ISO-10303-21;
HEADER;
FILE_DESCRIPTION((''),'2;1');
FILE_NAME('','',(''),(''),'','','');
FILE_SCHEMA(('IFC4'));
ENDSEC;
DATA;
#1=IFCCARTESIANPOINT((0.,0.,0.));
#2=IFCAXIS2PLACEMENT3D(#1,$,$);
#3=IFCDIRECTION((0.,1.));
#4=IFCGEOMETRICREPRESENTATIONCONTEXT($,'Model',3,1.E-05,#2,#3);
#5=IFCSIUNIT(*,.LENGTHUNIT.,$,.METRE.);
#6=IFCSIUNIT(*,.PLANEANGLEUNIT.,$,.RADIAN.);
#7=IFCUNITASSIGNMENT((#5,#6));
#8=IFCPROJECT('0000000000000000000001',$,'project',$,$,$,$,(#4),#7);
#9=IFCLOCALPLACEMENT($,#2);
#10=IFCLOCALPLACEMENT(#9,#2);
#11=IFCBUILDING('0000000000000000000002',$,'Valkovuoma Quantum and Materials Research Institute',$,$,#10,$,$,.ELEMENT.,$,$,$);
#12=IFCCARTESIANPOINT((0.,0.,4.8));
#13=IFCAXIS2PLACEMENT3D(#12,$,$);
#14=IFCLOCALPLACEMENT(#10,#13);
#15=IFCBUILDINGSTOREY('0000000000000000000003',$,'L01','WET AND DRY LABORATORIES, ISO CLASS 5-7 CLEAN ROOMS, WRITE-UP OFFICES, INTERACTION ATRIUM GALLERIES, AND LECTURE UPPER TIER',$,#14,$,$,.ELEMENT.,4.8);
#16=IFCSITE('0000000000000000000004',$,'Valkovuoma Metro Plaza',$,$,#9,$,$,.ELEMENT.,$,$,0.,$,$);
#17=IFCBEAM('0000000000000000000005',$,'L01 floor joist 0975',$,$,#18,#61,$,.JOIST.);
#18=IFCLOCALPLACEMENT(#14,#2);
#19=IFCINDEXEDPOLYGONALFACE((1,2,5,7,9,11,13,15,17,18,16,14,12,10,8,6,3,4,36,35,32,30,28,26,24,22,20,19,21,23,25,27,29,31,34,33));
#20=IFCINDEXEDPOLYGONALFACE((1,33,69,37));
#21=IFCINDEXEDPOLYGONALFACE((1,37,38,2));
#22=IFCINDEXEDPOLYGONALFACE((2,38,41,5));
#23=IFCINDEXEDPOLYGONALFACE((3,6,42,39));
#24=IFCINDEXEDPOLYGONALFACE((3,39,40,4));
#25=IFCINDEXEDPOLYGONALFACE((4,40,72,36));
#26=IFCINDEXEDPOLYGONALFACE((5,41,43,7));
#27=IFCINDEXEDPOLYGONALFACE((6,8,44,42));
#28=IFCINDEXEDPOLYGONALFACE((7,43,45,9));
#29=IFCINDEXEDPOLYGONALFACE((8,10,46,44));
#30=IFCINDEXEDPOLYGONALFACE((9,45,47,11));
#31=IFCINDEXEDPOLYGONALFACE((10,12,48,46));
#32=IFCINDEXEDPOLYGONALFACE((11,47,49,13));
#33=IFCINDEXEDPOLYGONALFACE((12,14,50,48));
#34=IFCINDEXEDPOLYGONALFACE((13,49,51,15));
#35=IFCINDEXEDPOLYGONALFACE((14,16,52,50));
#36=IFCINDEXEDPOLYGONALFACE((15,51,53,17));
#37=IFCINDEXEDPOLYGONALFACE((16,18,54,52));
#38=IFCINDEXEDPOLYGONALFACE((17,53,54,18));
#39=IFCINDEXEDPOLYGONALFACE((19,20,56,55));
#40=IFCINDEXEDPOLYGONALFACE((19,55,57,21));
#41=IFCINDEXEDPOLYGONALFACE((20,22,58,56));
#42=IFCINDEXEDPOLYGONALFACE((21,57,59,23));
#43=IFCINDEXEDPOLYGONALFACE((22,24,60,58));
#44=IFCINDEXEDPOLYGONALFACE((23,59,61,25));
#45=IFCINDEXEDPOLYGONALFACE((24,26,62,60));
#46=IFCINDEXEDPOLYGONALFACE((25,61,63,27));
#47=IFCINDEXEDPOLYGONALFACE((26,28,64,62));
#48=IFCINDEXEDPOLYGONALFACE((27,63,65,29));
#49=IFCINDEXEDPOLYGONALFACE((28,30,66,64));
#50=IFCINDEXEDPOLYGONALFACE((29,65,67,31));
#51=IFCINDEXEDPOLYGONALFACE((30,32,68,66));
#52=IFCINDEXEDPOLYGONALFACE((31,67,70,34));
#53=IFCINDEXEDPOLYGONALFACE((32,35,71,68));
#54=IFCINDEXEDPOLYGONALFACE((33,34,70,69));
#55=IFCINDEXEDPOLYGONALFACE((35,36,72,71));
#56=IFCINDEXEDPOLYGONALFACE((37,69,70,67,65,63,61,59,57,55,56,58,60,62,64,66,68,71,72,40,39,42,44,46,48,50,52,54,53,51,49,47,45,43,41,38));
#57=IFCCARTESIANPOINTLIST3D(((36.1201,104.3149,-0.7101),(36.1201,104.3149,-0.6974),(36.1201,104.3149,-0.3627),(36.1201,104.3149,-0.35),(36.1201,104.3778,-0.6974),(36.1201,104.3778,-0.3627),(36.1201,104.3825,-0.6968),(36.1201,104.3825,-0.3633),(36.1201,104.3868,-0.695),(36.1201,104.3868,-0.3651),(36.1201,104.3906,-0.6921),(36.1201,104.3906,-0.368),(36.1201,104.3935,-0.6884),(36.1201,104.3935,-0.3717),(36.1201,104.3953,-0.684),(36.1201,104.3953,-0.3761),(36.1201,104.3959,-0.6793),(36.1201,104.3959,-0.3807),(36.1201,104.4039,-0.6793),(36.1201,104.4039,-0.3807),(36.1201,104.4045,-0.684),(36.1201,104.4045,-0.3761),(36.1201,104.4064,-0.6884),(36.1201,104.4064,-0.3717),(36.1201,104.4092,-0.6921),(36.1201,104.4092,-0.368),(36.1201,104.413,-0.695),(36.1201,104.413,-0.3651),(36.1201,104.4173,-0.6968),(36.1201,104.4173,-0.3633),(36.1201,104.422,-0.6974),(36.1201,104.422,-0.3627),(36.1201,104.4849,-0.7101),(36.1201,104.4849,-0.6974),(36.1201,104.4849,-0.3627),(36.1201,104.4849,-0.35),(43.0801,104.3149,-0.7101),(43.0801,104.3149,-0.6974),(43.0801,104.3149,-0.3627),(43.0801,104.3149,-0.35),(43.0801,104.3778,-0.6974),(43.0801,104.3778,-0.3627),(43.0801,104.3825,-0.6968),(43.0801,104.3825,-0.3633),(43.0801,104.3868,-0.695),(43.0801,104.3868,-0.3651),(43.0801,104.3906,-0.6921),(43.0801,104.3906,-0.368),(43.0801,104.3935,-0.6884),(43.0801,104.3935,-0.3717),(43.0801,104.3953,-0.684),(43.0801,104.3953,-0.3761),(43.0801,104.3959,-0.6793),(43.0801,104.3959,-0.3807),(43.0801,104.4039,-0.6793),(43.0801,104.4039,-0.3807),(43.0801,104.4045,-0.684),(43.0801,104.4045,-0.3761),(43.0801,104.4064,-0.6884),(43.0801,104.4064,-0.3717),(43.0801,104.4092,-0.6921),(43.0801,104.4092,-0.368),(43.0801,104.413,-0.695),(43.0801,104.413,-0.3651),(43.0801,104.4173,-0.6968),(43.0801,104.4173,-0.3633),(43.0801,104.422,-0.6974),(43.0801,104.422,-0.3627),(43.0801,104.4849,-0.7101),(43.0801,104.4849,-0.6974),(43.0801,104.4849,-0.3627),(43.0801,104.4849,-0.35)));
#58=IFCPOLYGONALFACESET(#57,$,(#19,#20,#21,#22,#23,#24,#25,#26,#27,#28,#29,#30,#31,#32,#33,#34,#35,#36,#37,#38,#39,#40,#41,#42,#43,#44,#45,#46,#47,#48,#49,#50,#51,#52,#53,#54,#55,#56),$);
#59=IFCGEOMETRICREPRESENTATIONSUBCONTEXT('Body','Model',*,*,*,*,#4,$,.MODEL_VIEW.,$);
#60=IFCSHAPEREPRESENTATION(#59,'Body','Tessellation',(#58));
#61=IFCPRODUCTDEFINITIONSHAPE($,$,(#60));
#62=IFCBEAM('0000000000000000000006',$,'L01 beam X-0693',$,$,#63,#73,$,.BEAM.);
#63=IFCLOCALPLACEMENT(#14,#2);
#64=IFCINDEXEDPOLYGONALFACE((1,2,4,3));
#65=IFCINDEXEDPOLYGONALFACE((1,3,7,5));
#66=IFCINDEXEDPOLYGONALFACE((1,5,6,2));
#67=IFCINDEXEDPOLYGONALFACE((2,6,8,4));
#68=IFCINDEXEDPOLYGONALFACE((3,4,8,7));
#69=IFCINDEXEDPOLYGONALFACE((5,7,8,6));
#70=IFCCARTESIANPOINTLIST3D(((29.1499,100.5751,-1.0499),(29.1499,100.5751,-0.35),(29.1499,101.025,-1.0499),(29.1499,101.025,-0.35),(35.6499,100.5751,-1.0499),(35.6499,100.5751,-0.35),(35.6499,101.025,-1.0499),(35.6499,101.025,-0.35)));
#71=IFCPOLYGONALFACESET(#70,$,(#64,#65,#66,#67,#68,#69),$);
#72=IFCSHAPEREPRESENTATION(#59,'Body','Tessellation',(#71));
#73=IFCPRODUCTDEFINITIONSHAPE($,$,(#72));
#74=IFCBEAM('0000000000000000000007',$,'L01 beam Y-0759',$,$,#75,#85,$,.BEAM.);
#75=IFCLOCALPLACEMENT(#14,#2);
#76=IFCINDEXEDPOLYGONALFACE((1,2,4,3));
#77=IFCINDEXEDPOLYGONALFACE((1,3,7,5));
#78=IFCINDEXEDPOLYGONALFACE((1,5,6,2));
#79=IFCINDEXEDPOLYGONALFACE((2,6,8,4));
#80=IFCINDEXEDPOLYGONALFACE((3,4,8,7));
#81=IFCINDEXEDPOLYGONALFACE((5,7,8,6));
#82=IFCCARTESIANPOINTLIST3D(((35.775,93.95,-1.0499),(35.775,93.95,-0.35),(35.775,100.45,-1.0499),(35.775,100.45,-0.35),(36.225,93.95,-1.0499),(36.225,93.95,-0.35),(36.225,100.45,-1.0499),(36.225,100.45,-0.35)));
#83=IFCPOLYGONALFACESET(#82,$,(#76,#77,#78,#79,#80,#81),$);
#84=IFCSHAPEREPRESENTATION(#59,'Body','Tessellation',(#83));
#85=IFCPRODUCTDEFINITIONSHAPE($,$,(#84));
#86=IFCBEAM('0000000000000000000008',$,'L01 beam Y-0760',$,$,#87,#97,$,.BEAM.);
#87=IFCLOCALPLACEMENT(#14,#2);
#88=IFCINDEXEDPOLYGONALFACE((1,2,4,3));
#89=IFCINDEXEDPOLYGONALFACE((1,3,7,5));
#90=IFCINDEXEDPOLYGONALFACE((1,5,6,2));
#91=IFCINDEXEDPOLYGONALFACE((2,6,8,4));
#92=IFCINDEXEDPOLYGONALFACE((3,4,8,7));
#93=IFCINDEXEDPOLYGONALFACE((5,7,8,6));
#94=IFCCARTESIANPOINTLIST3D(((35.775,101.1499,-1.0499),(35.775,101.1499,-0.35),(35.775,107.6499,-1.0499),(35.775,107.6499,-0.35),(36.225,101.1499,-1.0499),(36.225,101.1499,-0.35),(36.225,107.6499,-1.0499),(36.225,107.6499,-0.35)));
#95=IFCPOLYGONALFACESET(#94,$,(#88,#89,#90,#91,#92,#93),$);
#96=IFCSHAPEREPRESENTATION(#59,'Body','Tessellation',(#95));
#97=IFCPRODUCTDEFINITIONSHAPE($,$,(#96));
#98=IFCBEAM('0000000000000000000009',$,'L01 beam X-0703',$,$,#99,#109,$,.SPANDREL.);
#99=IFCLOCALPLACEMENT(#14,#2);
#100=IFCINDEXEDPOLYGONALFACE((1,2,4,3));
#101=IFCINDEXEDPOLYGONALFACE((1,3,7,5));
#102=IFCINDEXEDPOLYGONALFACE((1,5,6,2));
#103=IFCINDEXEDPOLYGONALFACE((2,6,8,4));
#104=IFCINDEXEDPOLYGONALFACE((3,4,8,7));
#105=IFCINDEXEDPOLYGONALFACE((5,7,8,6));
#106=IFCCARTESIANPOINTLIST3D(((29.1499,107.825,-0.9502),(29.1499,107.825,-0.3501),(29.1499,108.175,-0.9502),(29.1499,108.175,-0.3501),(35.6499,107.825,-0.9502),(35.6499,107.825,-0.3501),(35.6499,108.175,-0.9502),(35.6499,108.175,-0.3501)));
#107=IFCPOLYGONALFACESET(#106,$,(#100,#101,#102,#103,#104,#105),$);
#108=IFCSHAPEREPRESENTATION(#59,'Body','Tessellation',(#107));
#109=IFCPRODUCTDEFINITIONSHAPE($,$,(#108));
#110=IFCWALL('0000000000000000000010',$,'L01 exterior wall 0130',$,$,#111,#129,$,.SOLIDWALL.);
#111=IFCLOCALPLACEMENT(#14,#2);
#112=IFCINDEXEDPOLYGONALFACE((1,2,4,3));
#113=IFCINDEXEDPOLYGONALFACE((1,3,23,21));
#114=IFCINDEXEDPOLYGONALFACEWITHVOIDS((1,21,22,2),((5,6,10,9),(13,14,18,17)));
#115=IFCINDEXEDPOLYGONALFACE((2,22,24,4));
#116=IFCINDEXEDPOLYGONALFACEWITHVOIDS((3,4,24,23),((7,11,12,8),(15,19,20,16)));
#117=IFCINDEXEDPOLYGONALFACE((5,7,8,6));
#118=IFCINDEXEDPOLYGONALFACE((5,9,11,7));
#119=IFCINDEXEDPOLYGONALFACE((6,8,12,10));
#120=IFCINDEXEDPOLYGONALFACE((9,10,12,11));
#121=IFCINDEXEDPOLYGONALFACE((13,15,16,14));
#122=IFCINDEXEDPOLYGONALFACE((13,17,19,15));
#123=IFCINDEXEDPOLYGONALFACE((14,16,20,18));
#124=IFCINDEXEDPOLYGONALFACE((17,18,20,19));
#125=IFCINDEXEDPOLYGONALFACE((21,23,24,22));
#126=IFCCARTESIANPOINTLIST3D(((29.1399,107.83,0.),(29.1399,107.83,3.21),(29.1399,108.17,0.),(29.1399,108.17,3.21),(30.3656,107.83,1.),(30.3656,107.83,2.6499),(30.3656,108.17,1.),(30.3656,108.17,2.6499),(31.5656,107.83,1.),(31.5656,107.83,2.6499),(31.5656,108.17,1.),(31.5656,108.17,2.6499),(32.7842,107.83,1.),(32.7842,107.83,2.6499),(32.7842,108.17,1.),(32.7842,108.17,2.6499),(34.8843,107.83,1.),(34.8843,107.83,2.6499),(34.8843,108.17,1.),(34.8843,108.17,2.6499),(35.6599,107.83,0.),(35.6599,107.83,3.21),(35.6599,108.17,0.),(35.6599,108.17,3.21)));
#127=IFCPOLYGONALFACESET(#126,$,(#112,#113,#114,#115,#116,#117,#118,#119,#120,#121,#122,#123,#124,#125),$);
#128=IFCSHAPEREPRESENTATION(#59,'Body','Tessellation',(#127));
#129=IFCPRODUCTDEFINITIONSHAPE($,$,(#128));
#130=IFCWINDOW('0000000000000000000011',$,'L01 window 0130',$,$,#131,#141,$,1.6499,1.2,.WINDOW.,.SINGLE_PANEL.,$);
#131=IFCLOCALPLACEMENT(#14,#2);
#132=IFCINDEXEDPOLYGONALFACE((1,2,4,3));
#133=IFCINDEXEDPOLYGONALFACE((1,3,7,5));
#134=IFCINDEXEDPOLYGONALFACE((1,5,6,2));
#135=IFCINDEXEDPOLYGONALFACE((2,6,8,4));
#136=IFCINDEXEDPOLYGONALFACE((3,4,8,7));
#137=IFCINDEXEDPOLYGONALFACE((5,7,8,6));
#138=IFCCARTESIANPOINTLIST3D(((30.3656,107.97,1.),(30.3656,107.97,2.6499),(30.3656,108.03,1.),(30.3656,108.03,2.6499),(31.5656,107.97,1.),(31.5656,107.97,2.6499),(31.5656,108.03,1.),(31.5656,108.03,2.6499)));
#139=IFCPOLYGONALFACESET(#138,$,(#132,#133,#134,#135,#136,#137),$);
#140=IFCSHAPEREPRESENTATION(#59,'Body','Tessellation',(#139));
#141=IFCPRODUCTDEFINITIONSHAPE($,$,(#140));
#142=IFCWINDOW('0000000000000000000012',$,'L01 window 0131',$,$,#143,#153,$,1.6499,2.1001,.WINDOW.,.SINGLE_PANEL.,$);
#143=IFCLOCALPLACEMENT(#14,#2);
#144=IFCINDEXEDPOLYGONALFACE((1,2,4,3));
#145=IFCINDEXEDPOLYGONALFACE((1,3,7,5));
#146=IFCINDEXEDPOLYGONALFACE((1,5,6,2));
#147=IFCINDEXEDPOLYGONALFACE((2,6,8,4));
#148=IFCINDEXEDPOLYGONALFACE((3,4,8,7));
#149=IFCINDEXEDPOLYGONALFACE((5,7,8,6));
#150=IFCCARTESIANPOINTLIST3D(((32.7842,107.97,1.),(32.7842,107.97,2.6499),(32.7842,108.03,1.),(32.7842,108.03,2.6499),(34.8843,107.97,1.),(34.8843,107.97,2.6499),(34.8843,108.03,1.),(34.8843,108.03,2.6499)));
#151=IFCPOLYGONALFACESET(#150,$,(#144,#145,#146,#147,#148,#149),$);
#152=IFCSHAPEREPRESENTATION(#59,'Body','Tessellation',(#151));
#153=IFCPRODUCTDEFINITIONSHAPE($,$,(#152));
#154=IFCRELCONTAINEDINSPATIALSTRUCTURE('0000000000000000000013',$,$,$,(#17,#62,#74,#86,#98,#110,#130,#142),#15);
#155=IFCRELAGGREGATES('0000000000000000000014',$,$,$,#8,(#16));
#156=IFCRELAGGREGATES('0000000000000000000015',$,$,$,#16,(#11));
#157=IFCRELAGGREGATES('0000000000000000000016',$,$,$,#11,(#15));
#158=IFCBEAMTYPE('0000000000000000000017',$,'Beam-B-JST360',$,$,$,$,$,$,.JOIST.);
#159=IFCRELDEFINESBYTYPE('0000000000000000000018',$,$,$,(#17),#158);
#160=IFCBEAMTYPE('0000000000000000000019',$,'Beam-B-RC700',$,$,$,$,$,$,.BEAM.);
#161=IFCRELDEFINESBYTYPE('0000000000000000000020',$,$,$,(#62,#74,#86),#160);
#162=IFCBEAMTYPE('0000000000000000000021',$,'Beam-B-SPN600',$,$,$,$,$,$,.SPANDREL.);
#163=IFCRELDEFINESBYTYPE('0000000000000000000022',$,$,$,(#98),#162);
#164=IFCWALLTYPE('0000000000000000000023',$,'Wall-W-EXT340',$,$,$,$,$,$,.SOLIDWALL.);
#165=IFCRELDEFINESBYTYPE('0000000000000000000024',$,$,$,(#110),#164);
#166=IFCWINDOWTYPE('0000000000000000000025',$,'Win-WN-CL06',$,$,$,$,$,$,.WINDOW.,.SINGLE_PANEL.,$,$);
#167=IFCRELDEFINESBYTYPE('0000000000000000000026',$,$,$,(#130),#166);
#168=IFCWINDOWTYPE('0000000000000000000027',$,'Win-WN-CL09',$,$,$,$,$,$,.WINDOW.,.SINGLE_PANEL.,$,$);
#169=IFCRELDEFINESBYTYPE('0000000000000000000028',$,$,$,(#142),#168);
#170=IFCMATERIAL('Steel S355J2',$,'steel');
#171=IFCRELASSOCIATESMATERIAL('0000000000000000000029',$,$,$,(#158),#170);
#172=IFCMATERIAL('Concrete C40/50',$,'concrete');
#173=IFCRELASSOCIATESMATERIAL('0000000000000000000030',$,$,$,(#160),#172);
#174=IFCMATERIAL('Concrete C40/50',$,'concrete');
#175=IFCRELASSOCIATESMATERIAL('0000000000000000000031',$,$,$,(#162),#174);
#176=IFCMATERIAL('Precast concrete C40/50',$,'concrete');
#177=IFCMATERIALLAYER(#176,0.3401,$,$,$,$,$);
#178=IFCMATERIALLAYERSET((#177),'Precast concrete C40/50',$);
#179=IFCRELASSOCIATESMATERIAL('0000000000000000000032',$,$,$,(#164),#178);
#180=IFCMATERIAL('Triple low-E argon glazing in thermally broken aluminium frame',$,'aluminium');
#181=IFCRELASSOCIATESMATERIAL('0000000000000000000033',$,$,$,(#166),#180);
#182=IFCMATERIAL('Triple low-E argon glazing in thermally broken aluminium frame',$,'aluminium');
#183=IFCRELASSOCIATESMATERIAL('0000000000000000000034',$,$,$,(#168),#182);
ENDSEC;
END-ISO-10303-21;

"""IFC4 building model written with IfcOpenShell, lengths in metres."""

from ifc_helpers import new_model, si_unit, direction, frame, frame_2d, origin, origin_2d, place, context, subcontext, project, spatial, rectangle, i_section, extrude, material, layer, layer_set, material_profile, profile_set, type_object, element, fill, save


model = new_model("IFC4")

# Units and contexts
model_context = context("Model", 3, precision=1e-05, world=origin(), true_north=direction((0.0, 1.0)))
body_context = subcontext(model_context, "Body", "Model", "MODEL_VIEW")
ifc_project = project(units=[si_unit("LENGTHUNIT", "METRE"), si_unit("PLANEANGLEUNIT", "RADIAN")], contexts=[model_context])

# Site, building, storey
site_placement = place(None, origin())
site = spatial("IfcSite", under=ifc_project, at=site_placement, Name="Valkovuoma Metro Plaza", CompositionType="ELEMENT", RefElevation=0.0)
building_placement = place(site_placement, origin())
building = spatial("IfcBuilding", under=site, at=building_placement, Name="Valkovuoma Quantum and Materials Research Institute", CompositionType="ELEMENT")
storey_placement = place(building_placement, frame((0.0, 0.0, 4.8)))
storey = spatial("IfcBuildingStorey", under=building, at=storey_placement, Name="L01", Description="WET AND DRY LABORATORIES, ISO CLASS 5-7 CLEAN ROOMS, WRITE-UP OFFICES, INTERACTION ATRIUM GALLERIES, AND LECTURE UPPER TIER", CompositionType="ELEMENT", Elevation=4.8)

# Beams
ifc_material_1 = material(Name="Steel S355J2", Category="steel")
ifc_material_profile_1 = material_profile(ifc_material_1, i_section(OverallWidth=0.1699, OverallDepth=0.3601, WebThickness=0.0081, FlangeThickness=0.0127, FilletRadius=0.0181, at=origin_2d()), Name="Steel S355J2")
ifc_profile_set_1 = profile_set([ifc_material_profile_1], Name="Steel S355J2")
beam_type_1 = type_object("IfcBeamType", Name="Beam-B-JST360", PredefinedType="JOIST", material=ifc_profile_set_1)
for number, where, z_axis, x_axis, name in (
    (1, (36.1201, 104.3999, -0.53), (1.0, 0.0, 0.0), (0.0, 1.0, 0.0), "L01 floor joist 0975"),
):
    element("IfcBeam", number, at=place(storey_placement, frame(where, z_axis=z_axis, x_axis=x_axis)), inside=storey, type_object=beam_type_1, Name=name, PredefinedType="JOIST", context=body_context, shape_type="SweptSolid", body=[
        extrude(i_section(OverallWidth=0.1699, OverallDepth=0.3601, WebThickness=0.0081, FlangeThickness=0.0127, FilletRadius=0.0181, at=origin_2d()), origin(), (0.0, 0.0, 1.0), 6.96),
    ])
ifc_material_2 = material(Name="Concrete C40/50", Category="concrete")
ifc_material_profile_2 = material_profile(ifc_material_2, rectangle(XDim=0.45, YDim=0.7, at=origin_2d()), Name="Concrete C40/50")
ifc_profile_set_2 = profile_set([ifc_material_profile_2], Name="Concrete C40/50")
beam_type_2 = type_object("IfcBeamType", Name="Beam-B-RC700", PredefinedType="BEAM", material=ifc_profile_set_2)
for number, where, z_axis, x_axis, name in (
    (2, (29.1499, 100.8, -0.7), (1.0, 0.0, 0.0), (0.0, 1.0, 0.0), "L01 beam X-0693"),
    (3, (36.0, 93.95, -0.7), (0.0, 1.0, 0.0), (-1.0, 0.0, 0.0), "L01 beam Y-0759"),
    (4, (36.0, 101.1499, -0.7), (0.0, 1.0, 0.0), (-1.0, 0.0, 0.0), "L01 beam Y-0760"),
):
    element("IfcBeam", number, at=place(storey_placement, frame(where, z_axis=z_axis, x_axis=x_axis)), inside=storey, type_object=beam_type_2, Name=name, PredefinedType="BEAM", context=body_context, shape_type="SweptSolid", body=[
        extrude(rectangle(XDim=0.45, YDim=0.7, at=origin_2d()), origin(), (0.0, 0.0, 1.0), 6.5),
    ])
ifc_material_3 = material(Name="Concrete C40/50", Category="concrete")
ifc_material_profile_3 = material_profile(ifc_material_3, rectangle(XDim=0.3501, YDim=0.6001, at=origin_2d()), Name="Concrete C40/50")
ifc_profile_set_3 = profile_set([ifc_material_profile_3], Name="Concrete C40/50")
beam_type_3 = type_object("IfcBeamType", Name="Beam-B-SPN600", PredefinedType="SPANDREL", material=ifc_profile_set_3)
beam_placement = place(storey_placement, frame((29.1499, 108.0, -0.6501), z_axis=(1.0, 0.0, 0.0), x_axis=(0.0, 1.0, 0.0)))
element("IfcBeam", 5, at=beam_placement, inside=storey, type_object=beam_type_3, Name="L01 beam X-0703", PredefinedType="SPANDREL", context=body_context, shape_type="SweptSolid", body=[
    extrude(rectangle(XDim=0.3501, YDim=0.6001, at=origin_2d()), origin(), (0.0, 0.0, 1.0), 6.5),
])

# Wall, openings, windows
ifc_material_4 = material(Name="Precast concrete C40/50", Category="concrete")
ifc_layer_1 = layer(ifc_material_4, 0.3401)
ifc_layer_set_1 = layer_set([ifc_layer_1], Name="Precast concrete C40/50")
wall_type = type_object("IfcWallType", Name="Wall-W-EXT340", PredefinedType="SOLIDWALL", material=ifc_layer_set_1)
wall_1_placement = place(storey_placement, frame((29.1399, 108.0, 0.0), z_axis=(0.0, 0.0, 1.0), x_axis=(1.0, 0.0, 0.0)))
wall_1 = element("IfcWall", 6, at=wall_1_placement, inside=storey, type_object=wall_type, Name="L01 exterior wall 0130", PredefinedType="SOLIDWALL", context=body_context, shape_type="SweptSolid", body=[
    extrude(rectangle(XDim=6.52, YDim=0.3401, at=frame_2d((3.26, 0.0))), origin(), (0.0, 0.0, 1.0), 3.21),
])
opening_1_placement = place(wall_1_placement, frame((1.2256, 0.0, 1.0)))
opening_1 = element("IfcOpeningElement", 7, at=opening_1_placement, cuts=wall_1, PredefinedType="OPENING", context=body_context, shape_type="SweptSolid", body=[
    extrude(rectangle(XDim=1.2, YDim=1.6499, at=frame_2d((0.6001, 0.825))), frame((0.0, 0.1802, 0.0), z_axis=(0.0, -1.0, 0.0), x_axis=(1.0, 0.0, 0.0)), (0.0, 0.0, 1.0), 0.3601),
])
opening_2_placement = place(wall_1_placement, frame((3.6443, 0.0, 1.0)))
opening_2 = element("IfcOpeningElement", 8, at=opening_2_placement, cuts=wall_1, PredefinedType="OPENING", context=body_context, shape_type="SweptSolid", body=[
    extrude(rectangle(XDim=2.1001, YDim=1.6499, at=frame_2d((1.05, 0.825))), frame((0.0, 0.1802, 0.0), z_axis=(0.0, -1.0, 0.0), x_axis=(1.0, 0.0, 0.0)), (0.0, 0.0, 1.0), 0.3601),
])
ifc_material_5 = material(Name="Triple low-E argon glazing in thermally broken aluminium frame", Category="aluminium")
window_type_1 = type_object("IfcWindowType", Name="Win-WN-CL06", PartitioningType="SINGLE_PANEL", PredefinedType="WINDOW", material=ifc_material_5)
window_1_placement = place(opening_1_placement, origin())
window_1 = element("IfcWindow", 9, at=window_1_placement, inside=storey, type_object=window_type_1, Name="L01 window 0130", OverallHeight=1.6499, OverallWidth=1.2, PartitioningType="SINGLE_PANEL", PredefinedType="WINDOW", context=body_context, shape_type="SweptSolid", body=[
    extrude(rectangle(XDim=1.2, YDim=1.6499, at=frame_2d((0.6001, 0.825))), frame((0.0, 0.03, 0.0), z_axis=(0.0, -1.0, 0.0), x_axis=(1.0, 0.0, 0.0)), (0.0, 0.0, 1.0), 0.0601),
])
fill(opening_1, window_1)
ifc_material_6 = material(Name="Triple low-E argon glazing in thermally broken aluminium frame", Category="aluminium")
window_type_2 = type_object("IfcWindowType", Name="Win-WN-CL09", PartitioningType="SINGLE_PANEL", PredefinedType="WINDOW", material=ifc_material_6)
window_2_placement = place(opening_2_placement, origin())
window_2 = element("IfcWindow", 10, at=window_2_placement, inside=storey, type_object=window_type_2, Name="L01 window 0131", OverallHeight=1.6499, OverallWidth=2.1001, PartitioningType="SINGLE_PANEL", PredefinedType="WINDOW", context=body_context, shape_type="SweptSolid", body=[
    extrude(rectangle(XDim=2.1001, YDim=1.6499, at=frame_2d((1.05, 0.825))), frame((0.0, 0.03, 0.0), z_axis=(0.0, -1.0, 0.0), x_axis=(1.0, 0.0, 0.0)), (0.0, 0.0, 1.0), 0.0601),
])
fill(opening_2, window_2)

save(model, "model.ifc")
